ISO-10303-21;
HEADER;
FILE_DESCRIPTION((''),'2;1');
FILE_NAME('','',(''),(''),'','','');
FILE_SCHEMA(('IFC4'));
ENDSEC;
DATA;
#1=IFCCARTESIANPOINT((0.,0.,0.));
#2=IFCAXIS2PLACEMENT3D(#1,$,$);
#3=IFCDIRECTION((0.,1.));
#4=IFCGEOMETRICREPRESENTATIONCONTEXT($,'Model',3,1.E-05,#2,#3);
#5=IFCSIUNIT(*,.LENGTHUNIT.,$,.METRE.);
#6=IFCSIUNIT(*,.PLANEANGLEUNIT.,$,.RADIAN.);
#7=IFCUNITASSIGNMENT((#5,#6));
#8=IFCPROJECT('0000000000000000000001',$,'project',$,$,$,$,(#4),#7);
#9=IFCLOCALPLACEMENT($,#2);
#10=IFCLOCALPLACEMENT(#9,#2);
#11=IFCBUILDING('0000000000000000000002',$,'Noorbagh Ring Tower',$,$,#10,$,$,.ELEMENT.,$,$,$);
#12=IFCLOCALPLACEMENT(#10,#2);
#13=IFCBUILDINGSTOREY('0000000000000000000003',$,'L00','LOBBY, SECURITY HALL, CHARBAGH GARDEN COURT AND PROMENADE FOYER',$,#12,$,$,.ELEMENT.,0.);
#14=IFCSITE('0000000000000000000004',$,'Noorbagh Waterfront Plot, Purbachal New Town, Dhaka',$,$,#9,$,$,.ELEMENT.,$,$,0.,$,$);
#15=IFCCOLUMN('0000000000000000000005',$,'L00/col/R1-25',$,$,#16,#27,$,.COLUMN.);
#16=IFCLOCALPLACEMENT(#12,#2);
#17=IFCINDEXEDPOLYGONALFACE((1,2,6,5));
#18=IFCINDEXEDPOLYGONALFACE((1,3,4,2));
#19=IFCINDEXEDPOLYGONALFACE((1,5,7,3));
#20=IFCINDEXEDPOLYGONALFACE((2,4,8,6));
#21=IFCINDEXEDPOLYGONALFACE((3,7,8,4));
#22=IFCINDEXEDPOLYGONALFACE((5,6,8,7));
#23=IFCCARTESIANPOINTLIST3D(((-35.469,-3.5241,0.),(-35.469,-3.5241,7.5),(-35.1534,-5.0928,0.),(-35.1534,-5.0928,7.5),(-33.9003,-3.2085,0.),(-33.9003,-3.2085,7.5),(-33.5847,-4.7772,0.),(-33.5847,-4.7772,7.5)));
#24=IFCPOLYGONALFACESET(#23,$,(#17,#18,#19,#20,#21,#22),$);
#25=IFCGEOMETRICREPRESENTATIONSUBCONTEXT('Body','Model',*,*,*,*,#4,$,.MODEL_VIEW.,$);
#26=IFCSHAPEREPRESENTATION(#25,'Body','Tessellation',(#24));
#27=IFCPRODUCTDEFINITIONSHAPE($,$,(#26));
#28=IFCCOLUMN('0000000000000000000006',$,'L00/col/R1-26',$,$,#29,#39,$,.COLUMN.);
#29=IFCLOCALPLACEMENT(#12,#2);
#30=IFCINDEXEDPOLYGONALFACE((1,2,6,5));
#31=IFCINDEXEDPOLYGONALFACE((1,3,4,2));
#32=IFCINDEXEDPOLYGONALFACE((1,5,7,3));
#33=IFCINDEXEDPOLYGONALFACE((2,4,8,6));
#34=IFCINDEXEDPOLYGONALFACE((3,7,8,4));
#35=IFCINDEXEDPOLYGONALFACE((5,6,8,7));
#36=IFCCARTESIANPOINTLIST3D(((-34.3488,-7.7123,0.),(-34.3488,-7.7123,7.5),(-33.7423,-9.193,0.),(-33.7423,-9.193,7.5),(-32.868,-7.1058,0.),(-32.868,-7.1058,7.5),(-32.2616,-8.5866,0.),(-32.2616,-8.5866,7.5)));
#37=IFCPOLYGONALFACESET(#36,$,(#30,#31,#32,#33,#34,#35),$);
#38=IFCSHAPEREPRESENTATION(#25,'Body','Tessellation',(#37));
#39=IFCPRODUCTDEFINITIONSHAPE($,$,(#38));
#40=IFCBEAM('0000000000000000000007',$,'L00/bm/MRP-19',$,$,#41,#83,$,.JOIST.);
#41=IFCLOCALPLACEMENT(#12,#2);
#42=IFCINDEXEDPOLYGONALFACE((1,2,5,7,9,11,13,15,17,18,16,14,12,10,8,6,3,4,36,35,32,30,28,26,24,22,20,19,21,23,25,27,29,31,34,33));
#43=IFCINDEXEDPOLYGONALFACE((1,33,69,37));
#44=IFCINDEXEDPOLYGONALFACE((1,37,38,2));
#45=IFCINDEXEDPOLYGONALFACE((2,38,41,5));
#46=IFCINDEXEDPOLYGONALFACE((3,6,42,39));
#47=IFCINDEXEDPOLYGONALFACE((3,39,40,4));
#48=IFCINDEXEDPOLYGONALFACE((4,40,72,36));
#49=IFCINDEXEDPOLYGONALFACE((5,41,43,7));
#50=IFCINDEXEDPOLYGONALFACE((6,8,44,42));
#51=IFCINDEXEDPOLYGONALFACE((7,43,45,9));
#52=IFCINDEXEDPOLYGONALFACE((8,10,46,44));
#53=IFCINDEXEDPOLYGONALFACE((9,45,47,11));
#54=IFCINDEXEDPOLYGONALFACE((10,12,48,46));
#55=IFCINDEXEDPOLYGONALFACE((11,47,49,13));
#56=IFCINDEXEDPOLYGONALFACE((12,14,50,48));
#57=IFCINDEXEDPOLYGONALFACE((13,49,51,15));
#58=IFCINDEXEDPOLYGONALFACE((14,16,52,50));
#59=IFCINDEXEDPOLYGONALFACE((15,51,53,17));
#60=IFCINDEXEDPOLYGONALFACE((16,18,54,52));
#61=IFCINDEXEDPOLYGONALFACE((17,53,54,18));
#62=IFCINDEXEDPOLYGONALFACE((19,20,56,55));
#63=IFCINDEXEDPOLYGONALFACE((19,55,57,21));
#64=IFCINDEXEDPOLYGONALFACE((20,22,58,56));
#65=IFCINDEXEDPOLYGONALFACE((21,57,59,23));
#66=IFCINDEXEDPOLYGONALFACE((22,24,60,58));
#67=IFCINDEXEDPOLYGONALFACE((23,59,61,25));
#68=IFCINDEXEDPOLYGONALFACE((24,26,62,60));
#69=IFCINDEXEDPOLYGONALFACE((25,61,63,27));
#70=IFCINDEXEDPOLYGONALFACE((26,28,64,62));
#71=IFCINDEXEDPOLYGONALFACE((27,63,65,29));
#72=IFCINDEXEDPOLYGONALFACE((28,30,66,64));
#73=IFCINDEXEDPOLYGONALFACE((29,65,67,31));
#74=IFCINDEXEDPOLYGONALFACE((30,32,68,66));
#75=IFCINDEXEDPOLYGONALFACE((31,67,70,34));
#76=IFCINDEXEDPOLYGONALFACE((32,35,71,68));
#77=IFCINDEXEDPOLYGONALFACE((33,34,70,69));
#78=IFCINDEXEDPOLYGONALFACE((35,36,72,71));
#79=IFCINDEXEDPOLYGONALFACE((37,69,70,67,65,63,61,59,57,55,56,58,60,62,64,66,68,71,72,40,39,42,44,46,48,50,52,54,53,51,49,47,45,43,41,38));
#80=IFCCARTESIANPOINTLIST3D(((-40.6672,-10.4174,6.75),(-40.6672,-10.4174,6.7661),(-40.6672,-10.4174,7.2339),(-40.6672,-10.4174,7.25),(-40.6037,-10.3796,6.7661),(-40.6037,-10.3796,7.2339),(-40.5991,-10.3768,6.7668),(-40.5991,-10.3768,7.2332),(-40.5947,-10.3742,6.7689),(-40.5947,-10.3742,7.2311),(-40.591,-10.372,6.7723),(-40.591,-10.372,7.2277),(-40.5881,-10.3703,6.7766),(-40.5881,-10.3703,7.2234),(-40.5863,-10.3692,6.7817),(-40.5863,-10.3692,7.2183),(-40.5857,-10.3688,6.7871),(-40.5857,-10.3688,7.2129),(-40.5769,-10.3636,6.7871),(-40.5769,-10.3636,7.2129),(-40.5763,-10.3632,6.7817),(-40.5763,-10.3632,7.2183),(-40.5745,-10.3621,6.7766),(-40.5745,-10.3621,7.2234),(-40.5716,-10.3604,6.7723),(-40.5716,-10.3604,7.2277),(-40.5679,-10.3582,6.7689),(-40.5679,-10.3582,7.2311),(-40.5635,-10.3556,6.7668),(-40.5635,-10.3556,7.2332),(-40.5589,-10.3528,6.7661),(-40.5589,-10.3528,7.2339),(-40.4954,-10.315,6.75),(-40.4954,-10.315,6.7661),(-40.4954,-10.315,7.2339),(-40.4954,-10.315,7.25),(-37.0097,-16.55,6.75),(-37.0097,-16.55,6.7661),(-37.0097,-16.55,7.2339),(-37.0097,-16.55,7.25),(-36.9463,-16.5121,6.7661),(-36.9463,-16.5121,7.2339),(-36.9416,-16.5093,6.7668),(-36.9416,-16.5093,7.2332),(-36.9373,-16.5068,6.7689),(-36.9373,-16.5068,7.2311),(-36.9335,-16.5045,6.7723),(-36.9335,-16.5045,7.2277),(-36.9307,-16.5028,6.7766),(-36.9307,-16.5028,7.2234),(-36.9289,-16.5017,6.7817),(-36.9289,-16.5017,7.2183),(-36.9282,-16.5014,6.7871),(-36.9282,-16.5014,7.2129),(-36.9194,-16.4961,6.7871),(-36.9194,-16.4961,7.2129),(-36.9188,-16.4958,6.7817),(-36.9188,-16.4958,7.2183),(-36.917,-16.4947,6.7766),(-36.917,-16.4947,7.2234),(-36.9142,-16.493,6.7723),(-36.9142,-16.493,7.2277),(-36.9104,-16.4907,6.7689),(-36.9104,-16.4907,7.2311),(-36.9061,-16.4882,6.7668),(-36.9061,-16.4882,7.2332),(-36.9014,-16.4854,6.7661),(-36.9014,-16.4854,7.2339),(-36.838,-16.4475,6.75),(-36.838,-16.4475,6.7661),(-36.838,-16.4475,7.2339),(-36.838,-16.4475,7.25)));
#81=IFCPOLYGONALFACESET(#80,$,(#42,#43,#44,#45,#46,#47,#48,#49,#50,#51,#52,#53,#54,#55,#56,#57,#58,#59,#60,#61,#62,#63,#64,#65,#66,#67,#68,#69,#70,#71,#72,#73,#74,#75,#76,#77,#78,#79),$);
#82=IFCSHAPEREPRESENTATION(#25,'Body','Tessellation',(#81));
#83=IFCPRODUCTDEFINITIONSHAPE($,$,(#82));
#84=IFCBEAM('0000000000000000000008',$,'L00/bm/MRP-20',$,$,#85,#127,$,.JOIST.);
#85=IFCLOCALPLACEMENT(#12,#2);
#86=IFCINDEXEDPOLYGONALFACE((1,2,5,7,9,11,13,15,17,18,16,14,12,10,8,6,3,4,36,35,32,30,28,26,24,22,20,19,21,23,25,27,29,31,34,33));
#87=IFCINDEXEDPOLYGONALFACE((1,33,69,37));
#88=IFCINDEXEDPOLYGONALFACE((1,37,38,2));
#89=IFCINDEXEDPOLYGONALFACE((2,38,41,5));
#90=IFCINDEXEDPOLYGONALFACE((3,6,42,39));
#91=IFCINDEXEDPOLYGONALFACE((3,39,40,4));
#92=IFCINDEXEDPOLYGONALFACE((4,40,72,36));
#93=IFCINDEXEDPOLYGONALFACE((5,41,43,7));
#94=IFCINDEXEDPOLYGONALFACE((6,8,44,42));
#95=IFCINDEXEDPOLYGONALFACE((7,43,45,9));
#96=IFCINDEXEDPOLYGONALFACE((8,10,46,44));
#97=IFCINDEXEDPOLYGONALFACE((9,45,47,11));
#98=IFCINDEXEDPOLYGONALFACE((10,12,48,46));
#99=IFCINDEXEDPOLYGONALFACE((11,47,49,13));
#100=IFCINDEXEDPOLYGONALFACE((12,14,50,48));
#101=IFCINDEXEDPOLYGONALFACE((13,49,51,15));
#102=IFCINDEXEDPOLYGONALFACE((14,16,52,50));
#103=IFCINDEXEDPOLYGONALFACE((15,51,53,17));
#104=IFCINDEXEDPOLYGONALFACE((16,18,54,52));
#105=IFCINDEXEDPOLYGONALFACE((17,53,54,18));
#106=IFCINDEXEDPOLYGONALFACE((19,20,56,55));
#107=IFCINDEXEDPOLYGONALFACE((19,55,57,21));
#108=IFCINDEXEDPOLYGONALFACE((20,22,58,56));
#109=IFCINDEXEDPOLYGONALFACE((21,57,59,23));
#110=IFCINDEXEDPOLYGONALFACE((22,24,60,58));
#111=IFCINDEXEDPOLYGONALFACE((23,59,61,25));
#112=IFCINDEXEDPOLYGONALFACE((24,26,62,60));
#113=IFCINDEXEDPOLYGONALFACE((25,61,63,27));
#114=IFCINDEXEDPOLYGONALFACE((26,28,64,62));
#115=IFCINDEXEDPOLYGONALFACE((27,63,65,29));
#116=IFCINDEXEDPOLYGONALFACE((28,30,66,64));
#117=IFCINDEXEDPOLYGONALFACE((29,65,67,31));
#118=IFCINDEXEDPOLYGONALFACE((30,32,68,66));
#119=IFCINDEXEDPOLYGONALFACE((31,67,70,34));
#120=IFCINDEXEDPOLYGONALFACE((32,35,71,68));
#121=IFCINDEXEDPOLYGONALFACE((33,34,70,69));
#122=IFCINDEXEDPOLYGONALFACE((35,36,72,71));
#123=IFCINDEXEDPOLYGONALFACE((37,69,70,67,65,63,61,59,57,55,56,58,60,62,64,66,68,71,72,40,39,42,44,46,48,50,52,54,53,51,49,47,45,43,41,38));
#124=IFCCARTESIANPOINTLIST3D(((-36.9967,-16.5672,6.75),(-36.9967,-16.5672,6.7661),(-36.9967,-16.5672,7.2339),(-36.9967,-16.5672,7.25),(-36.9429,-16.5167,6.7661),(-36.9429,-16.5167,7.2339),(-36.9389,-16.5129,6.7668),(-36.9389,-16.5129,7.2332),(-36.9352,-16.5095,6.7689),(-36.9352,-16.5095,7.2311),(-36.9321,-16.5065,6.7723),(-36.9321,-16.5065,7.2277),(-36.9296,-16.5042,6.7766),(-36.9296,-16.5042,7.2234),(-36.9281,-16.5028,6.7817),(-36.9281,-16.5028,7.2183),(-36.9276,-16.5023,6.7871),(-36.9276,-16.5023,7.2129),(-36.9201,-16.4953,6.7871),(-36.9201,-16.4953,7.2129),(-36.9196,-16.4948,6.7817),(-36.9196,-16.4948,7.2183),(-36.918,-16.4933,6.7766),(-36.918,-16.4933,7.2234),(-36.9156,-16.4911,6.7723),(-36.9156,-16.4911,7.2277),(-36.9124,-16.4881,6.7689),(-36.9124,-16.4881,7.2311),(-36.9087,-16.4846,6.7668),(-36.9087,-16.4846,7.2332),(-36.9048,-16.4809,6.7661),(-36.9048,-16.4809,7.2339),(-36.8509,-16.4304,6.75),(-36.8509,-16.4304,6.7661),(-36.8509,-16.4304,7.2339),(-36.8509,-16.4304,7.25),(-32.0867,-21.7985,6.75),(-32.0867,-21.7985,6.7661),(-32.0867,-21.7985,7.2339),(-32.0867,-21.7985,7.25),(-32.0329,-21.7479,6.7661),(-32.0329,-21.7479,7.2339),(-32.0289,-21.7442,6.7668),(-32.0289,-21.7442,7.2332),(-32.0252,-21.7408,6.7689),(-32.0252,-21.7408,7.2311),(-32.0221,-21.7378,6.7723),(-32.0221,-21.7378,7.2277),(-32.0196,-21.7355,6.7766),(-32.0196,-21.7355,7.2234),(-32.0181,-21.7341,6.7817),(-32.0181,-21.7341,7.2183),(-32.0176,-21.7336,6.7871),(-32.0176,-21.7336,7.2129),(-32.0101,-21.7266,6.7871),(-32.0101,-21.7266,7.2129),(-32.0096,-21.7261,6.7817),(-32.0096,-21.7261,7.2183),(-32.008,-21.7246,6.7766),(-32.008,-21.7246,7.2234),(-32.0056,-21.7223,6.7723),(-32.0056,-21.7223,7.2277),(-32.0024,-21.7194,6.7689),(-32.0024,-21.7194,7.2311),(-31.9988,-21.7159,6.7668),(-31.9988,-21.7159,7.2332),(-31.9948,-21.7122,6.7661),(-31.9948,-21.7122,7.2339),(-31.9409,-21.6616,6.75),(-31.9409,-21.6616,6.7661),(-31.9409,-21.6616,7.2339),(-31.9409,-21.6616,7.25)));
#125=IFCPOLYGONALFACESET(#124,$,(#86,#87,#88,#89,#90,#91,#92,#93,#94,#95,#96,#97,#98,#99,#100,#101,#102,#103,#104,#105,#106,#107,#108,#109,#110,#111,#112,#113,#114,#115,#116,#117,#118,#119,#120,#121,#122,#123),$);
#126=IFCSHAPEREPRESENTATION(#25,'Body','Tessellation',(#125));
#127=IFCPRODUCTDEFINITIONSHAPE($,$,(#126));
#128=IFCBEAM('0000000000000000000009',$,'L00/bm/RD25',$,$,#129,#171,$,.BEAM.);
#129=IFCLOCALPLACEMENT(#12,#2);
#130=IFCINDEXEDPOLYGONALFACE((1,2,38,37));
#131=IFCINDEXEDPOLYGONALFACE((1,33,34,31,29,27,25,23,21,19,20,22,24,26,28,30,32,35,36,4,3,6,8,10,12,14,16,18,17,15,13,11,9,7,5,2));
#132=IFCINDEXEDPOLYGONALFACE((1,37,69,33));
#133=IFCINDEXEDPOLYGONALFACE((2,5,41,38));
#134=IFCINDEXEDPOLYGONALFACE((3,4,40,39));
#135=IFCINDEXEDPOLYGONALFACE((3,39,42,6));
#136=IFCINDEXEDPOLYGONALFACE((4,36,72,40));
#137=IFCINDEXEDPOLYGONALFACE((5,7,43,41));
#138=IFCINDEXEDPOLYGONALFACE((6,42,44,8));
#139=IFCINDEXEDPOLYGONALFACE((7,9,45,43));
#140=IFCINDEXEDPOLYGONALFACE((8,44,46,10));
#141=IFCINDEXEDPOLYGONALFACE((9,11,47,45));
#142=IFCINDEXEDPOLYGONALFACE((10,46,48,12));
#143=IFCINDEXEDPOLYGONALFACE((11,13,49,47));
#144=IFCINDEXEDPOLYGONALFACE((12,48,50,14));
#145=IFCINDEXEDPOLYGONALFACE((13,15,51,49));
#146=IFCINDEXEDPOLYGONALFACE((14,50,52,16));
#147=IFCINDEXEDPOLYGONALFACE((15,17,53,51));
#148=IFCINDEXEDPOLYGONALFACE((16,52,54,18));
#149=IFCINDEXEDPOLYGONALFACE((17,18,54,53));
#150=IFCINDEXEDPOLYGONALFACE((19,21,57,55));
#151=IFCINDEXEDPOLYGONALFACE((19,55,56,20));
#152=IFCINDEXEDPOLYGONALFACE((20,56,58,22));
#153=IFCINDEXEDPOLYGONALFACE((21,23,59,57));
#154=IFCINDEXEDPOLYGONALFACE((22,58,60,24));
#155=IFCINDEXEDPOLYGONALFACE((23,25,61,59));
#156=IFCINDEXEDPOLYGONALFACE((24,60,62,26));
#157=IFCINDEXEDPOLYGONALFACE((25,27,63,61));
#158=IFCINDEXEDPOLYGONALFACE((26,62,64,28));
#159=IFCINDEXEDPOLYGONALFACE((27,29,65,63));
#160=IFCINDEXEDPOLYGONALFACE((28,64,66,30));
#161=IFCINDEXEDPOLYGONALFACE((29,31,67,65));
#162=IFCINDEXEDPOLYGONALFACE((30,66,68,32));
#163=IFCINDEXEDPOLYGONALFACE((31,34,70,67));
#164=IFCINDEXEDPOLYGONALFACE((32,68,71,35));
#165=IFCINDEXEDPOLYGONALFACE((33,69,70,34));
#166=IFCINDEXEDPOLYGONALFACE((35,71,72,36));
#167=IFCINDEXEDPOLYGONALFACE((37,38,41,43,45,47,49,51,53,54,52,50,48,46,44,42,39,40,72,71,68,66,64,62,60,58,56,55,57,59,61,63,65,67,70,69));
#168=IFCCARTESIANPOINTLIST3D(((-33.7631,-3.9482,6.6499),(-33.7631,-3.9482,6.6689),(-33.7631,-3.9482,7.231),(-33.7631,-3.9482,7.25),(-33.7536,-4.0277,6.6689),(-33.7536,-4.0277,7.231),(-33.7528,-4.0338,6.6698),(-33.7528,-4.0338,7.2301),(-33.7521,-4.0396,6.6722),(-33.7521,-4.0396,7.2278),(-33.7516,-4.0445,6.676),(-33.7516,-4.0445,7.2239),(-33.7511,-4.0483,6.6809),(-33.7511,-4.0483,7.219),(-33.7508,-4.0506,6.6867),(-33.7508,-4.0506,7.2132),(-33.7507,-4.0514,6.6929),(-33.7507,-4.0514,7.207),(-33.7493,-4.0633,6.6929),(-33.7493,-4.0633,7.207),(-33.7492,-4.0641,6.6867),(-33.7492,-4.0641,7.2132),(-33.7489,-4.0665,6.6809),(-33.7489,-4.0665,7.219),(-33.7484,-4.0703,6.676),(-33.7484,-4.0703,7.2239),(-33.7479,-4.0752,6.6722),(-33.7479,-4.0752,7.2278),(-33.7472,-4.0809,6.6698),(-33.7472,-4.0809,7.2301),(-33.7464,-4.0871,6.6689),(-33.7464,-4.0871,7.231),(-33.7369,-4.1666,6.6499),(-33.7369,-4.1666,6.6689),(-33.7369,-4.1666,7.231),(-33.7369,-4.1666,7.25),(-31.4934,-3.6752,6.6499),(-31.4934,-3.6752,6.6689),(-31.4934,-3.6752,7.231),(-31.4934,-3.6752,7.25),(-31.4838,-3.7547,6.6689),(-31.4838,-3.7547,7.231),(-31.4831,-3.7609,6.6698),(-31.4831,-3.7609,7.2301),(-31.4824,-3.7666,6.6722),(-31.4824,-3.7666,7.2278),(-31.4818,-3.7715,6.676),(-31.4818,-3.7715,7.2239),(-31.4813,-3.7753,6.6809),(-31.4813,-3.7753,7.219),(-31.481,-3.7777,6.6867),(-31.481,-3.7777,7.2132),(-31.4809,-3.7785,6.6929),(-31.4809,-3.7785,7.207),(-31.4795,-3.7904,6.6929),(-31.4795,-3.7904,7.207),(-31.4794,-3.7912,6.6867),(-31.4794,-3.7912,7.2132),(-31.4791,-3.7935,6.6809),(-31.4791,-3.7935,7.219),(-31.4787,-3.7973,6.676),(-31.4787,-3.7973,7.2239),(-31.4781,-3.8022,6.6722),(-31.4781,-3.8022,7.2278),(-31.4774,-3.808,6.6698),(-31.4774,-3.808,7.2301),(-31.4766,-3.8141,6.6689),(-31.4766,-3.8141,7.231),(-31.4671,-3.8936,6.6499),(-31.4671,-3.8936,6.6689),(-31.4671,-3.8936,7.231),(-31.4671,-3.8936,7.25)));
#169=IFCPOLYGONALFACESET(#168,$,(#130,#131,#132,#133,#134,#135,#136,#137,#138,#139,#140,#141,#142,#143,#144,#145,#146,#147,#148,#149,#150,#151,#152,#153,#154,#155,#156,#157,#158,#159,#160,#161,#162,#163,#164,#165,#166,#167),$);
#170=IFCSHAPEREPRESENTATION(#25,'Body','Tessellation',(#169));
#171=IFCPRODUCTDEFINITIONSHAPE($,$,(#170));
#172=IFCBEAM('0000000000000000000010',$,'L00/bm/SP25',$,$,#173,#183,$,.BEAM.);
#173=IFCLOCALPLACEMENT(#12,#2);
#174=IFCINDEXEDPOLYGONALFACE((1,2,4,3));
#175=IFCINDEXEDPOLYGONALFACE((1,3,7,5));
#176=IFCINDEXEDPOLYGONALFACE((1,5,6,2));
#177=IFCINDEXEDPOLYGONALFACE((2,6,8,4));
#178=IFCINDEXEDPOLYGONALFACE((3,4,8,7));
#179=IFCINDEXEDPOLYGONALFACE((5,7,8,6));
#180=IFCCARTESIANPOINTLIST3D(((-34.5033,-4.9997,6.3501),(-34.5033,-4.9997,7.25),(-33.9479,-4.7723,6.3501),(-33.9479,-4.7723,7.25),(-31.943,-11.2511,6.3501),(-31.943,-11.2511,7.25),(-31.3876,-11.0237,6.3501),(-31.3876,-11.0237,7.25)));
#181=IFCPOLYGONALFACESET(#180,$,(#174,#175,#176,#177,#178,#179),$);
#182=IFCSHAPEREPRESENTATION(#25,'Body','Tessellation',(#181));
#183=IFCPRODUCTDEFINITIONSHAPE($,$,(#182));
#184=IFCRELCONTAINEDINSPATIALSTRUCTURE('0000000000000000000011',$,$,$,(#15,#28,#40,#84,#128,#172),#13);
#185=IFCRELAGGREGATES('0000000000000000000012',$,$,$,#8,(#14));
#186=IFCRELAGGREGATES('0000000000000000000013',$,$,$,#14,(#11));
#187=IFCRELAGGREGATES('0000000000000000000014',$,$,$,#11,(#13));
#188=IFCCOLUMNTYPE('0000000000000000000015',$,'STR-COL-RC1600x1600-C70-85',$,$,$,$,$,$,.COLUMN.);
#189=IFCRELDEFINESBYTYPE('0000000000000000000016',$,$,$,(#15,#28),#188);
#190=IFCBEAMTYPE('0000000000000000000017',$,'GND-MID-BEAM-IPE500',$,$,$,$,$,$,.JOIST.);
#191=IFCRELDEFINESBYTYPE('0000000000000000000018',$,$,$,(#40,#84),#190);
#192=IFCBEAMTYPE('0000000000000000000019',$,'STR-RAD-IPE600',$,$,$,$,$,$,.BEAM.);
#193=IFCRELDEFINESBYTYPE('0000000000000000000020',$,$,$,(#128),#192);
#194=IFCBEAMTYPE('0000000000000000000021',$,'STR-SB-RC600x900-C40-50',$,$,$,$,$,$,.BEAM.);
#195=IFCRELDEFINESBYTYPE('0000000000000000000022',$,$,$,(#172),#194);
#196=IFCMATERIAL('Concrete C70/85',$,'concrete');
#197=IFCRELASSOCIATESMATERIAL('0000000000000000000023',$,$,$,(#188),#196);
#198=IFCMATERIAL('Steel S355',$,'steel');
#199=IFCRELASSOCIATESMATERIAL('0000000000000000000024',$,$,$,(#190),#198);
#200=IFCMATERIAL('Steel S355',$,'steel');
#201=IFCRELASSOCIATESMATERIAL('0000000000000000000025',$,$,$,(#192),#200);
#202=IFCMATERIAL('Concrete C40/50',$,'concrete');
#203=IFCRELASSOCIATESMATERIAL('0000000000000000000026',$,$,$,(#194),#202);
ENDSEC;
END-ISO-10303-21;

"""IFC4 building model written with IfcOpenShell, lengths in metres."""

from ifc_helpers import new_model, si_unit, direction, frame, origin, origin_2d, place, context, subcontext, project, spatial, rectangle, i_section, extrude, material, material_profile, profile_set, type_object, element, save


model = new_model("IFC4")

# Units and contexts
model_context = context("Model", 3, precision=1e-05, world=origin(), true_north=direction((0.0, 1.0)))
body_context = subcontext(model_context, "Body", "Model", "MODEL_VIEW")
ifc_project = project(units=[si_unit("LENGTHUNIT", "METRE"), si_unit("PLANEANGLEUNIT", "RADIAN")], contexts=[model_context])

# Site, building, storey
site_placement = place(None, origin())
site = spatial("IfcSite", under=ifc_project, at=site_placement, Name="Noorbagh Waterfront Plot, Purbachal New Town, Dhaka", CompositionType="ELEMENT", RefElevation=0.0)
building_placement = place(site_placement, origin())
building = spatial("IfcBuilding", under=site, at=building_placement, Name="Noorbagh Ring Tower", CompositionType="ELEMENT")
storey_placement = place(building_placement, origin())
storey = spatial("IfcBuildingStorey", under=building, at=storey_placement, Name="L00", Description="LOBBY, SECURITY HALL, CHARBAGH GARDEN COURT AND PROMENADE FOYER", CompositionType="ELEMENT", Elevation=0.0)

# Columns
ifc_material_1 = material(Name="Concrete C70/85", Category="concrete")
ifc_material_profile_1 = material_profile(ifc_material_1, rectangle(XDim=1.6001, YDim=1.6001, at=origin_2d()), Name="RC1600x1600")
ifc_profile_set_1 = profile_set([ifc_material_profile_1], Name="Concrete C70/85")
column_type = type_object("IfcColumnType", Name="STR-COL-RC1600x1600-C70-85", PredefinedType="COLUMN", material=ifc_profile_set_1)
for number, where, z_axis, x_axis, name in (
    (1, (-34.5269, -4.1506, 0.0), (0.0, 0.0, 1.0), (0.19723, -0.980357, 0.0), "L00/col/R1-25"),
    (2, (-33.3052, -8.1494, 0.0), (0.0, 0.0, 1.0), (0.378989, -0.925401, 0.0), "L00/col/R1-26"),
):
    element("IfcColumn", number, at=place(storey_placement, frame(where, z_axis=z_axis, x_axis=x_axis)), inside=storey, type_object=column_type, Name=name, PredefinedType="COLUMN", context=body_context, shape_type="SweptSolid", body=[
        extrude(rectangle(XDim=1.6001, YDim=1.6001, at=origin_2d()), origin(), (0.0, 0.0, 1.0), 7.5),
    ])

# Beams
ifc_material_2 = material(Name="Steel S355", Category="steel")
ifc_material_profile_2 = material_profile(ifc_material_2, i_section(OverallWidth=0.2, OverallDepth=0.5, WebThickness=0.0103, FlangeThickness=0.0161, FilletRadius=0.021, at=origin_2d()), Name="IPE500")
ifc_profile_set_2 = profile_set([ifc_material_profile_2], Name="Steel S355")
beam_type_1 = type_object("IfcBeamType", Name="GND-MID-BEAM-IPE500", PredefinedType="JOIST", material=ifc_profile_set_2)
beam_1_placement = place(storey_placement, frame((-40.5813, -10.3662, 7.0), z_axis=(0.512221, -0.858854, 0.0), x_axis=(0.858854, 0.512221, 0.0)))
element("IfcBeam", 3, at=beam_1_placement, inside=storey, type_object=beam_type_1, Name="L00/bm/MRP-19", PredefinedType="JOIST", context=body_context, shape_type="SweptSolid", body=[
    extrude(i_section(OverallWidth=0.2, OverallDepth=0.5, WebThickness=0.0103, FlangeThickness=0.0161, FilletRadius=0.021, at=origin_2d()), origin(), (0.0, 0.0, 1.0), 7.1404),
])
beam_2_placement = place(storey_placement, frame((-36.9238, -16.4988, 7.0), z_axis=(0.684361, -0.729143, 0.0), x_axis=(0.729143, 0.684361, 0.0)))
element("IfcBeam", 4, at=beam_2_placement, inside=storey, type_object=beam_type_1, Name="L00/bm/MRP-20", PredefinedType="JOIST", context=body_context, shape_type="SweptSolid", body=[
    extrude(i_section(OverallWidth=0.2, OverallDepth=0.5, WebThickness=0.0103, FlangeThickness=0.0161, FilletRadius=0.021, at=origin_2d()), origin(), (0.0, 0.0, 1.0), 7.1746),
])
ifc_material_3 = material(Name="Steel S355", Category="steel")
ifc_material_profile_3 = material_profile(ifc_material_3, i_section(OverallWidth=0.22, OverallDepth=0.6001, WebThickness=0.012, FlangeThickness=0.019, FilletRadius=0.0239, at=origin_2d()), Name="IPE600")
ifc_profile_set_3 = profile_set([ifc_material_profile_3], Name="Steel S355")
beam_type_2 = type_object("IfcBeamType", Name="STR-RAD-IPE600", PredefinedType="BEAM", material=ifc_profile_set_3)
beam_3_placement = place(storey_placement, frame((-33.75, -4.0574, 6.95), z_axis=(0.992847, 0.119394, 0.0), x_axis=(-0.119394, 0.992847, 0.0)))
element("IfcBeam", 5, at=beam_3_placement, inside=storey, type_object=beam_type_2, Name="L00/bm/RD25", PredefinedType="BEAM", context=body_context, shape_type="SweptSolid", body=[
    extrude(i_section(OverallWidth=0.22, OverallDepth=0.6001, WebThickness=0.012, FlangeThickness=0.019, FilletRadius=0.0239, at=origin_2d()), origin(), (0.0, 0.0, 1.0), 2.2861),
])
ifc_material_4 = material(Name="Concrete C40/50", Category="concrete")
ifc_material_profile_4 = material_profile(ifc_material_4, rectangle(XDim=0.6001, YDim=0.8999, at=origin_2d()), Name="RC600x900")
ifc_profile_set_4 = profile_set([ifc_material_profile_4], Name="Concrete C40/50")
beam_type_3 = type_object("IfcBeamType", Name="STR-SB-RC600x900-C40-50", PredefinedType="BEAM", material=ifc_profile_set_4)
beam_4_placement = place(storey_placement, frame((-34.2256, -4.886, 6.8), z_axis=(0.378999, -0.925397, 0.0), x_axis=(0.925397, 0.378999, 0.0)))
element("IfcBeam", 6, at=beam_4_placement, inside=storey, type_object=beam_type_3, Name="L00/bm/SP25", PredefinedType="BEAM", context=body_context, shape_type="SweptSolid", body=[
    extrude(rectangle(XDim=0.6001, YDim=0.8999, at=origin_2d()), origin(), (0.0, 0.0, 1.0), 6.7554),
])

save(model, "model.ifc")
